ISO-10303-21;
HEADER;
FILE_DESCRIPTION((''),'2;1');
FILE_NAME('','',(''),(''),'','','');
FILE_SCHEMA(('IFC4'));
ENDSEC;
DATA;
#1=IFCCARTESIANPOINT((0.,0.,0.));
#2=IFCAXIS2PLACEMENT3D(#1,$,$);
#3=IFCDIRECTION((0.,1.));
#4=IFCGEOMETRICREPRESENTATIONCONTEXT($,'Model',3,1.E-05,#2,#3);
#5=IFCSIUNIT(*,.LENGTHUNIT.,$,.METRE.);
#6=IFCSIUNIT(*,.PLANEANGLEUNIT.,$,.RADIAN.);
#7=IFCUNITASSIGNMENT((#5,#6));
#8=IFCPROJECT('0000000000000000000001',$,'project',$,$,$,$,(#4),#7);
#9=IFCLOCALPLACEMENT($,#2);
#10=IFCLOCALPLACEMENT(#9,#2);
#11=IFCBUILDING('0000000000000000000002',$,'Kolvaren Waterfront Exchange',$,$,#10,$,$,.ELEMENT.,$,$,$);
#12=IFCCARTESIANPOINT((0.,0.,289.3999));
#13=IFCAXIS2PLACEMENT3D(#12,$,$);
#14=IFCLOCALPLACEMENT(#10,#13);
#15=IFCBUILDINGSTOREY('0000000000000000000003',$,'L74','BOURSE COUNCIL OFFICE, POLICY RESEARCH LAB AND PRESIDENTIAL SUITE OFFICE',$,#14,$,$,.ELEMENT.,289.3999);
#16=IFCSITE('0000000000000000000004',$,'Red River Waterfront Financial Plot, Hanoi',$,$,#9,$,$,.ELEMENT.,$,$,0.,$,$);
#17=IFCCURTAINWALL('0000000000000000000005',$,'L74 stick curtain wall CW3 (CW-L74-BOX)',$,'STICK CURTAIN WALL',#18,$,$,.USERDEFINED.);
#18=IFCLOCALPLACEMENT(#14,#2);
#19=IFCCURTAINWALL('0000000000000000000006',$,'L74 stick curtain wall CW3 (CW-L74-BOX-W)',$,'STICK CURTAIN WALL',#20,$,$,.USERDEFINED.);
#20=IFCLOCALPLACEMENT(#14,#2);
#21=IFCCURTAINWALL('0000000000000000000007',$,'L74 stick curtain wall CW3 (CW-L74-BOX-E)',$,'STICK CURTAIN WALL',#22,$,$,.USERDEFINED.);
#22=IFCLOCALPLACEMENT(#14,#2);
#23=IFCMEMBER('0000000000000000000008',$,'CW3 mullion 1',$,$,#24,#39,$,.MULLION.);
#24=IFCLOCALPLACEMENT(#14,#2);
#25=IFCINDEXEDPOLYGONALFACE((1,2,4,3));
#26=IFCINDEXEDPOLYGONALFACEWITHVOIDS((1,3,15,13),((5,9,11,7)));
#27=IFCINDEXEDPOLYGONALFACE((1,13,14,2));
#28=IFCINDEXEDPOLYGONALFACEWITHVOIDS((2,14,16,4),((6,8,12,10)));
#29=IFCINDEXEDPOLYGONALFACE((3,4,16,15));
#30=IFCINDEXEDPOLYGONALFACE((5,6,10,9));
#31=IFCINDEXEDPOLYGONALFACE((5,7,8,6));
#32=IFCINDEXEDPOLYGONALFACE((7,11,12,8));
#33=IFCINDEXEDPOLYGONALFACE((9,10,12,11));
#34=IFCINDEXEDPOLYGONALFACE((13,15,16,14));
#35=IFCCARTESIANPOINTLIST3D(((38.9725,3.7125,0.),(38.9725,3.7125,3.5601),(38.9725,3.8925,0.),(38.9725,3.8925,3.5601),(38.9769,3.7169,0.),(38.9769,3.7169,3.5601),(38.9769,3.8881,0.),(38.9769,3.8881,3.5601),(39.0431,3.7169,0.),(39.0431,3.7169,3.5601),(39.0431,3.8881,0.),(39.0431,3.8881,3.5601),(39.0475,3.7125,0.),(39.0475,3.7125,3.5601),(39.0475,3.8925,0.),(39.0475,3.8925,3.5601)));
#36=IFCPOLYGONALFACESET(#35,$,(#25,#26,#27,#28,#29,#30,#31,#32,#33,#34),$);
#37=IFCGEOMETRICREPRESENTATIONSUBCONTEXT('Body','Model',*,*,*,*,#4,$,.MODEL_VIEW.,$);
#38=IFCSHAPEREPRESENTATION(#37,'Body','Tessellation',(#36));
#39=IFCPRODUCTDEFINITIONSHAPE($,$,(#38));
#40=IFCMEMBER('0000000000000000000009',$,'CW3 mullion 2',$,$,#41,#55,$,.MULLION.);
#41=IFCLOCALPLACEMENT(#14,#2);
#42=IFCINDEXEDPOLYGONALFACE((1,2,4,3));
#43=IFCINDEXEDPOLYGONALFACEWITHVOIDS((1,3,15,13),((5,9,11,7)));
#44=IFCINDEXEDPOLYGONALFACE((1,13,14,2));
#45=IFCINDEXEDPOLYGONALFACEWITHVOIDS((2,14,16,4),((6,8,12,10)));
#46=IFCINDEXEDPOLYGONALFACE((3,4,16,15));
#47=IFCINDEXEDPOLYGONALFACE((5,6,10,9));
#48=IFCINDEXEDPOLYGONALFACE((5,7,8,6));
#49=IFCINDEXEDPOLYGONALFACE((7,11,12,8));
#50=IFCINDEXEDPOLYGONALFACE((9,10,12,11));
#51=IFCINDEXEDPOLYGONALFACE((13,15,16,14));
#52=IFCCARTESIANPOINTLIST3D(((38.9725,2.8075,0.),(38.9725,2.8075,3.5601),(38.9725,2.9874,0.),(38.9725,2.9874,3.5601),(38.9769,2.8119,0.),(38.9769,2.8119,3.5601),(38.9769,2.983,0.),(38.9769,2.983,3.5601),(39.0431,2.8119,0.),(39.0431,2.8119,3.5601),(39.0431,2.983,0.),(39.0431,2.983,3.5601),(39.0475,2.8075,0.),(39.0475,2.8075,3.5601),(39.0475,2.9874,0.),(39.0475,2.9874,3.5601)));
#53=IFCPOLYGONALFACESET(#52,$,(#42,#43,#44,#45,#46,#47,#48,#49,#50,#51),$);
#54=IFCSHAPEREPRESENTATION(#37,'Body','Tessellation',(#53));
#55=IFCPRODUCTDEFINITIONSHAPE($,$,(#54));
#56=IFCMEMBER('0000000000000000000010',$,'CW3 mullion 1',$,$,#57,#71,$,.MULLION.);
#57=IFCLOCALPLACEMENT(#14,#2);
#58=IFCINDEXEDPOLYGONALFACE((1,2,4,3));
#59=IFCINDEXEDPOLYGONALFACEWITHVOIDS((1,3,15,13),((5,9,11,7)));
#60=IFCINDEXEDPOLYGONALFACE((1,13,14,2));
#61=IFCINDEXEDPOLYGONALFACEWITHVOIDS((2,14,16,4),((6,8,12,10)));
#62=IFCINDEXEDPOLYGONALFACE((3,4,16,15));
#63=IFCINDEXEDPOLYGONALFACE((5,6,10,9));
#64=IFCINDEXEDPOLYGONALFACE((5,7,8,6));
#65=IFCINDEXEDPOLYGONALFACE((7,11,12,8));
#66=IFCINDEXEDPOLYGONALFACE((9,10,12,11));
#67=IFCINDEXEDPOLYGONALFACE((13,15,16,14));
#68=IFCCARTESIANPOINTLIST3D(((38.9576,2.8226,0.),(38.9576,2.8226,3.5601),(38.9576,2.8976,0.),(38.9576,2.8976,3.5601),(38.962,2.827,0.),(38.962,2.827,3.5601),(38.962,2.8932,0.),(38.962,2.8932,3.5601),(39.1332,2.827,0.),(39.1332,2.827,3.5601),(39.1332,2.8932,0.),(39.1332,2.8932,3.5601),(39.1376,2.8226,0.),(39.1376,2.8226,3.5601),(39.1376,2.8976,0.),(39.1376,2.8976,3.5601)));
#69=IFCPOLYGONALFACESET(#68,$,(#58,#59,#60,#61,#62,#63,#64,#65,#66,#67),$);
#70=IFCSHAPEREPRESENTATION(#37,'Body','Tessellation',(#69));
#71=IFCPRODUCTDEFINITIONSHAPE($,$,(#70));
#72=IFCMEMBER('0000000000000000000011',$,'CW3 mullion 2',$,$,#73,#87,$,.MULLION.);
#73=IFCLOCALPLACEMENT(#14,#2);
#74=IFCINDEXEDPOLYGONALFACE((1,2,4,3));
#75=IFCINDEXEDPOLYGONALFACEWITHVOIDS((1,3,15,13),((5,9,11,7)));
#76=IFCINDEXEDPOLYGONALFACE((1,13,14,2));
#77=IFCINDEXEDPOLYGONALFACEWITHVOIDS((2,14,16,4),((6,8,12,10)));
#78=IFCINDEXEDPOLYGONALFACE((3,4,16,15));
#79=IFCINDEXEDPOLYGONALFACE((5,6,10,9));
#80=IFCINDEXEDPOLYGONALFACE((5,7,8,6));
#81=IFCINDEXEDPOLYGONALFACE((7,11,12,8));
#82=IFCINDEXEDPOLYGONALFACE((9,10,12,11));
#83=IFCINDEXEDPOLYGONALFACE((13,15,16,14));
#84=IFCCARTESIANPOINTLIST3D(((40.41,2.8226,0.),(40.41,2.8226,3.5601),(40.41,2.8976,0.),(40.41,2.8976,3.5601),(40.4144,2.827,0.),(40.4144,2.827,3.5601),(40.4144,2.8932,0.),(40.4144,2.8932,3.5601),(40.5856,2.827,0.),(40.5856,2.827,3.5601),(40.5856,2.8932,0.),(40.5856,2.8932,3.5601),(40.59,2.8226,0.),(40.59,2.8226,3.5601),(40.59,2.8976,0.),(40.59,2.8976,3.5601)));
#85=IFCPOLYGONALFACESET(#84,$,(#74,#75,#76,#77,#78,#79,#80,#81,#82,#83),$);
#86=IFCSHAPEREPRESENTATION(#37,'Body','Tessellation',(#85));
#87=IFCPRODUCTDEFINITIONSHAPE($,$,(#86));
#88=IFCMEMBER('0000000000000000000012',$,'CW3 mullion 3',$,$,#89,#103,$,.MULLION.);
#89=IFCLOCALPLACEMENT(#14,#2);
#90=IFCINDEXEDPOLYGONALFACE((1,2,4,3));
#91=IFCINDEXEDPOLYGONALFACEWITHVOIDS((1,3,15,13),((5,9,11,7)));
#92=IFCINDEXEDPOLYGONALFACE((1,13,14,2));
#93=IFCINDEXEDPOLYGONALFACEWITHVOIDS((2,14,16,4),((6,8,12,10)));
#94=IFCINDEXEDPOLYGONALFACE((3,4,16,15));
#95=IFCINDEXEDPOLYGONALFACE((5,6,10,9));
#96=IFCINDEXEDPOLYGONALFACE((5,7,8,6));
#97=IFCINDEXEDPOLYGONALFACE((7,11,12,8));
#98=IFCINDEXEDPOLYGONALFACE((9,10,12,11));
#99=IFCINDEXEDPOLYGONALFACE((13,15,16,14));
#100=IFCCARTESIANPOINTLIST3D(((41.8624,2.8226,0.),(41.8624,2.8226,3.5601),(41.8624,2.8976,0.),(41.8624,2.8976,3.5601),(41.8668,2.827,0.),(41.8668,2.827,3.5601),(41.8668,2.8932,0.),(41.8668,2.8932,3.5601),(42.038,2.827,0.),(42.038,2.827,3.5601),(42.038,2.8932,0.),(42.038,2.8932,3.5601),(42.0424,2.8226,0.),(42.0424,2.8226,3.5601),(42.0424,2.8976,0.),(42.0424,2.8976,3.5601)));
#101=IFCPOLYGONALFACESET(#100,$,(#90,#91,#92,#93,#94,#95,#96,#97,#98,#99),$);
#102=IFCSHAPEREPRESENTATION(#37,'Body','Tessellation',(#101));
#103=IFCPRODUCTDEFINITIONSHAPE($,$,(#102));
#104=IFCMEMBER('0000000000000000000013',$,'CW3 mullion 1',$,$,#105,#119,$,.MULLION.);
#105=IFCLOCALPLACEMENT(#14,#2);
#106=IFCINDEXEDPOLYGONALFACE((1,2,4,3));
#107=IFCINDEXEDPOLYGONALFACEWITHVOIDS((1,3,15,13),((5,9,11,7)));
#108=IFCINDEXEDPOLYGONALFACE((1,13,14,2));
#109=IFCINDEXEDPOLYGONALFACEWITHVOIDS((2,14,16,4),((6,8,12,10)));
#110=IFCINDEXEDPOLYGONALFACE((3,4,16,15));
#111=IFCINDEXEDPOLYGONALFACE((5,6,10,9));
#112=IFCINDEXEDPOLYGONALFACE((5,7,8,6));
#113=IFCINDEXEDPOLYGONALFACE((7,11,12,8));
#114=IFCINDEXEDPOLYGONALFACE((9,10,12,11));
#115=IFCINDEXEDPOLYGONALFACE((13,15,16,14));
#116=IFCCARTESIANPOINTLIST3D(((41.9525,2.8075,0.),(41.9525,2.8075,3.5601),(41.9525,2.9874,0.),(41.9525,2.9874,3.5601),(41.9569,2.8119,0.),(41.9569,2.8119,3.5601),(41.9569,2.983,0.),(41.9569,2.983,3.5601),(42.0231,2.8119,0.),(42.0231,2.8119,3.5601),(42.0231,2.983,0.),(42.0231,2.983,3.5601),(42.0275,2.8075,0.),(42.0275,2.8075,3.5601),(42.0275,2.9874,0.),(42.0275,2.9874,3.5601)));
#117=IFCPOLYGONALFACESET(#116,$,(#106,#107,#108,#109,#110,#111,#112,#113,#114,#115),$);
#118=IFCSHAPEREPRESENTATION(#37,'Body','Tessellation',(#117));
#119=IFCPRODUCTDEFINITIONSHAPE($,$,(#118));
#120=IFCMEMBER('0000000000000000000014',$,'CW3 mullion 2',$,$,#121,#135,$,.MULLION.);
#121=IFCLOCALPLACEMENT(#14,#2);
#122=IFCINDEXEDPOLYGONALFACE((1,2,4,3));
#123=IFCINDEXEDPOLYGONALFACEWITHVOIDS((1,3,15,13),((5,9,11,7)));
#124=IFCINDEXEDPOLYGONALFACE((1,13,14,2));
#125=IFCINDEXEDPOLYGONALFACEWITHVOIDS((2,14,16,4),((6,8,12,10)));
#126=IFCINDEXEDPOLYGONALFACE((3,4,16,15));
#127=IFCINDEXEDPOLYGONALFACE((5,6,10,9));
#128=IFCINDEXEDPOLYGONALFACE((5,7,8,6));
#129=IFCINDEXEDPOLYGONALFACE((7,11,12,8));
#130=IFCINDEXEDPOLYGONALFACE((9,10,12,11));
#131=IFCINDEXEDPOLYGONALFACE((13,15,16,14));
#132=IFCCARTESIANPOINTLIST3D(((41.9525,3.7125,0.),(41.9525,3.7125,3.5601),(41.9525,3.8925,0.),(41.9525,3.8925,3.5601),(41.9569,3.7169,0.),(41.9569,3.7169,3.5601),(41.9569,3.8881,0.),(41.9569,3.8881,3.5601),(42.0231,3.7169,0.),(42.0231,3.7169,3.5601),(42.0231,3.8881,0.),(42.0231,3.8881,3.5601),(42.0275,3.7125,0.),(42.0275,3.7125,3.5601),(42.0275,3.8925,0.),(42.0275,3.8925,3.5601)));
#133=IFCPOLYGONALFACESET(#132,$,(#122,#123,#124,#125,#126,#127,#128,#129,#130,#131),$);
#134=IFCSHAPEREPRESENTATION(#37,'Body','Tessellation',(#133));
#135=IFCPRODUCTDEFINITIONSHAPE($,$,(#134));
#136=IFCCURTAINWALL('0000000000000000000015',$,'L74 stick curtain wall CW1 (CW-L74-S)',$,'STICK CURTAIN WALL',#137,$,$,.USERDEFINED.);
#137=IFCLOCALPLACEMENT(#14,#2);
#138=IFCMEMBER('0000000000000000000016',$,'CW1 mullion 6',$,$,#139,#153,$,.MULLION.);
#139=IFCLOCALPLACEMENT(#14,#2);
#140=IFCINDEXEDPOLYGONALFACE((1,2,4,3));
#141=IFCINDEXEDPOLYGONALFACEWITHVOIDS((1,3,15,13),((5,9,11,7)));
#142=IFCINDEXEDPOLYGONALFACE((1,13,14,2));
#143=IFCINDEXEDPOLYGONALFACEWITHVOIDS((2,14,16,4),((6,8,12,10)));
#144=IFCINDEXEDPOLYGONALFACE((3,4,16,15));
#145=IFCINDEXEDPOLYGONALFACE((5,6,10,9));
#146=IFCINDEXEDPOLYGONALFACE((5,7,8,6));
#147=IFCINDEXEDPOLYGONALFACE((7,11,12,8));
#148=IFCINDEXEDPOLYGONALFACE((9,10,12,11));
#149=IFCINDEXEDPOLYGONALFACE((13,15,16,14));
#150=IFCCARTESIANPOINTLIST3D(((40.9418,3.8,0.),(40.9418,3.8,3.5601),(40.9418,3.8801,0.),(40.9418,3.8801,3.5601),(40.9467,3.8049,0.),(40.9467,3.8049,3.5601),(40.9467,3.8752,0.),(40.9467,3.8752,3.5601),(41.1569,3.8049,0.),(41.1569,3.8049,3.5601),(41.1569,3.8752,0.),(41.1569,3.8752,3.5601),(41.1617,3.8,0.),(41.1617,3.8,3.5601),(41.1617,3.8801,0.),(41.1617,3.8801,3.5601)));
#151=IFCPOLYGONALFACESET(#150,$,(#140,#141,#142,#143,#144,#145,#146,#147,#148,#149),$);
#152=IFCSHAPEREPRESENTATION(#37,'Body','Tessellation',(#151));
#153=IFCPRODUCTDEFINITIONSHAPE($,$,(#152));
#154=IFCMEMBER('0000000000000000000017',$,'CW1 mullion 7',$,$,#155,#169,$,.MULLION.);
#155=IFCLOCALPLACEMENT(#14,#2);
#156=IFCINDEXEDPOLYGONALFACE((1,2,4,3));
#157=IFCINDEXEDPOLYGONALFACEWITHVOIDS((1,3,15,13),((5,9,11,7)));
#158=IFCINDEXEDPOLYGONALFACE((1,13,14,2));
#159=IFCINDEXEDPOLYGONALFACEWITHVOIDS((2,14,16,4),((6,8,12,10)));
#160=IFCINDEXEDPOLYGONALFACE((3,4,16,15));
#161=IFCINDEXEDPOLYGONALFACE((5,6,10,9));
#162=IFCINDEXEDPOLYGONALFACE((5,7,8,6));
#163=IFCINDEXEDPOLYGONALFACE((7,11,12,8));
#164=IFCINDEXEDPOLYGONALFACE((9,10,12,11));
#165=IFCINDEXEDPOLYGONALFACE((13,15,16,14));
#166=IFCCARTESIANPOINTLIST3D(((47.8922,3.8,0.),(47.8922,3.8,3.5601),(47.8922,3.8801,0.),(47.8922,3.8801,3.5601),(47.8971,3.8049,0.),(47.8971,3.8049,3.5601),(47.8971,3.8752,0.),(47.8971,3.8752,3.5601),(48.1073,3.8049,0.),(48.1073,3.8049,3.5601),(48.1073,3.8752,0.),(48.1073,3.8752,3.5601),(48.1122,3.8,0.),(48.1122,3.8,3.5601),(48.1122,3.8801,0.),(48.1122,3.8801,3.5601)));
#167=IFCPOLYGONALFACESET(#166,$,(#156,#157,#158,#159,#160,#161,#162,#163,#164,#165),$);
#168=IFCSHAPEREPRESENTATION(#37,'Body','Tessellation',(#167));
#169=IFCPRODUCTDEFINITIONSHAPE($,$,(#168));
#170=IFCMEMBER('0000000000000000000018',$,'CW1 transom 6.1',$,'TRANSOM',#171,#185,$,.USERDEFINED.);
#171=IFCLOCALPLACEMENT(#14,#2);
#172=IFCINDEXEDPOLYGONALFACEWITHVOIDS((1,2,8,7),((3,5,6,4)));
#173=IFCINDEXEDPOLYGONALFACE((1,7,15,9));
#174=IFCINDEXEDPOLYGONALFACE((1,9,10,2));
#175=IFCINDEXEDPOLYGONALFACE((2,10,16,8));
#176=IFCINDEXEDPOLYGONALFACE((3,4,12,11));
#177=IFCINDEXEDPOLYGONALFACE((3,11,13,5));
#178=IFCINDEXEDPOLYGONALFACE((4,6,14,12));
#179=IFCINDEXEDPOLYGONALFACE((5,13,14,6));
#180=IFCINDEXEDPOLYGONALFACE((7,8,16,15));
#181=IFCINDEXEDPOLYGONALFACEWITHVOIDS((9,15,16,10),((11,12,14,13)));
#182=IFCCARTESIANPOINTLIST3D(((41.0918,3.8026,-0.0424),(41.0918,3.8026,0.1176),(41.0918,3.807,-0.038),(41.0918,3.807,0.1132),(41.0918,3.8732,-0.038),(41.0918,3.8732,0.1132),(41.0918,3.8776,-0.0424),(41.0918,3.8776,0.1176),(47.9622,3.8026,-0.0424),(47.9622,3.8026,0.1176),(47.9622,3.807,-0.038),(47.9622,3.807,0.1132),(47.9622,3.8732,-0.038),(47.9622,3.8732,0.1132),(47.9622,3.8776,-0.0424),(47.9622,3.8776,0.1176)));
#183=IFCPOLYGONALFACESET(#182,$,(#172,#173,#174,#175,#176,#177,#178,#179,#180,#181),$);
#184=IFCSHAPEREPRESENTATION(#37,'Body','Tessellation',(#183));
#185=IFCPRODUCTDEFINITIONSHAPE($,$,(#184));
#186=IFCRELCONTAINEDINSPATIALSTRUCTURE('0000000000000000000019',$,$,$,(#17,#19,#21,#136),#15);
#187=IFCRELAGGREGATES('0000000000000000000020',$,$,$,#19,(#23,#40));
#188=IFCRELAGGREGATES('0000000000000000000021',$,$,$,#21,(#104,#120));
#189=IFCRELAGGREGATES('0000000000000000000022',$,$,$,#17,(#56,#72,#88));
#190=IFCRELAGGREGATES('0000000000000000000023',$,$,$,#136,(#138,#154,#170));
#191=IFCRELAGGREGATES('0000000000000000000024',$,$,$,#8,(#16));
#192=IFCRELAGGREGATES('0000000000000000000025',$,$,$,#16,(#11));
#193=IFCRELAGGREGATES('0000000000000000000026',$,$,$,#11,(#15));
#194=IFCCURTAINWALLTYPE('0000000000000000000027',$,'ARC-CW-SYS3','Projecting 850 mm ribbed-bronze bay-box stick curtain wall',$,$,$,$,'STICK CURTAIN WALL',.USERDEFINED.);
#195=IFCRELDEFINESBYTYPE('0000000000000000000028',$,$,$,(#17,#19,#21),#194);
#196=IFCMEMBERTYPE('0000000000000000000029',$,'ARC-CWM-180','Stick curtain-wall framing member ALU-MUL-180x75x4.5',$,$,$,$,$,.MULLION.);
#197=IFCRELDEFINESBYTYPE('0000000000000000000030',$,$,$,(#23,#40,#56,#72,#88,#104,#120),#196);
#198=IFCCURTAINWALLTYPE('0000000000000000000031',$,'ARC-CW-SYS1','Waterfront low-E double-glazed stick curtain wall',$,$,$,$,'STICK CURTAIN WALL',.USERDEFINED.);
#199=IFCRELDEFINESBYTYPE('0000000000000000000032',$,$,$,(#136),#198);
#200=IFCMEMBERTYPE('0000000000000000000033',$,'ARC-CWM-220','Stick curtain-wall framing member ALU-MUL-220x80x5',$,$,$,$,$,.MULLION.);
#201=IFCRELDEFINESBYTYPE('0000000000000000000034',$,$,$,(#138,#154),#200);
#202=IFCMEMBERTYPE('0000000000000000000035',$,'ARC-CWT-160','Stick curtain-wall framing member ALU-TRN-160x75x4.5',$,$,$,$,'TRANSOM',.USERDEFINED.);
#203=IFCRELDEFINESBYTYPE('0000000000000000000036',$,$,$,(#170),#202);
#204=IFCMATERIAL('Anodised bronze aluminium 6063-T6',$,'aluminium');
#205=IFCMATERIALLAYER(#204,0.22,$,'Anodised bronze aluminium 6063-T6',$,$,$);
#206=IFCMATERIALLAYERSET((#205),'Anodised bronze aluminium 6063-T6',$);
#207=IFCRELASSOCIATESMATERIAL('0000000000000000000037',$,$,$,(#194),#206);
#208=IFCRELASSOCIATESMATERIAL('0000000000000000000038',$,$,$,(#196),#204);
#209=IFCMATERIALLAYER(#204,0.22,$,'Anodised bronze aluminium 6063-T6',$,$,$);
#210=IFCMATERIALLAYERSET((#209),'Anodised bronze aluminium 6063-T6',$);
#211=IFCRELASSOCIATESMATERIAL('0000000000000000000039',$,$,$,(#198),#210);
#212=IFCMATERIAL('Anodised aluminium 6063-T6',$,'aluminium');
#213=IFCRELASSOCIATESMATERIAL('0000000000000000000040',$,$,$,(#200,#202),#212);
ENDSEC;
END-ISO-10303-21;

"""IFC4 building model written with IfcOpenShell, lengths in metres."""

from ifc_helpers import new_model, si_unit, direction, frame, origin, origin_with_axes, origin_2d, place, context, subcontext, project, spatial, hollow_rectangle, extrude, source, transform, mapped, material, layer, layer_set, material_profile, profile_set, type_object, element, aggregate, save


model = new_model("IFC4")

# Units and contexts
model_context = context("Model", 3, precision=1e-05, world=origin(), true_north=direction((0.0, 1.0)))
body_context = subcontext(model_context, "Body", "Model", "MODEL_VIEW")
ifc_project = project(units=[si_unit("LENGTHUNIT", "METRE"), si_unit("PLANEANGLEUNIT", "RADIAN")], contexts=[model_context])

# Site, building, storey
site_placement = place(None, origin())
site = spatial("IfcSite", under=ifc_project, at=site_placement, Name="Red River Waterfront Financial Plot, Hanoi", CompositionType="ELEMENT", RefElevation=0.0)
building_placement = place(site_placement, origin())
building = spatial("IfcBuilding", under=site, at=building_placement, Name="Kolvaren Waterfront Exchange", CompositionType="ELEMENT")
storey_placement = place(building_placement, frame((0.0, 0.0, 289.3999)))
storey = spatial("IfcBuildingStorey", under=building, at=storey_placement, Name="L74", Description="BOURSE COUNCIL OFFICE, POLICY RESEARCH LAB AND PRESIDENTIAL SUITE OFFICE", CompositionType="ELEMENT", Elevation=289.3999)

# Curtain walls
ifc_material_1 = material(Name="Anodised bronze aluminium 6063-T6", Category="aluminium")
ifc_layer_1 = layer(ifc_material_1, 0.22, Name="Anodised bronze aluminium 6063-T6")
ifc_layer_set_1 = layer_set([ifc_layer_1], Name="Anodised bronze aluminium 6063-T6")
curtain_wall_type_1 = type_object("IfcCurtainWallType", Name="ARC-CW-SYS3", Description="Projecting 850 mm ribbed-bronze bay-box stick curtain wall", ElementType="STICK CURTAIN WALL", PredefinedType="USERDEFINED", material=ifc_layer_set_1)
curtain_wall_1_placement = place(storey_placement, origin())
curtain_wall_1 = element("IfcCurtainWall", 1, at=curtain_wall_1_placement, inside=storey, type_object=curtain_wall_type_1, Name="L74 stick curtain wall CW3 (CW-L74-BOX)", ObjectType="STICK CURTAIN WALL", PredefinedType="USERDEFINED")
curtain_wall_2_placement = place(storey_placement, origin())
curtain_wall_2 = element("IfcCurtainWall", 2, at=curtain_wall_2_placement, inside=storey, type_object=curtain_wall_type_1, Name="L74 stick curtain wall CW3 (CW-L74-BOX-W)", ObjectType="STICK CURTAIN WALL", PredefinedType="USERDEFINED")
curtain_wall_3_placement = place(storey_placement, origin())
curtain_wall_3 = element("IfcCurtainWall", 3, at=curtain_wall_3_placement, inside=storey, type_object=curtain_wall_type_1, Name="L74 stick curtain wall CW3 (CW-L74-BOX-E)", ObjectType="STICK CURTAIN WALL", PredefinedType="USERDEFINED")

# Members
ifc_material_profile_1 = material_profile(ifc_material_1, hollow_rectangle(XDim=0.075, YDim=0.1799, WallThickness=0.0044, at=origin_2d()), Name="ALU-MUL-180x75x4.5")
ifc_profile_set_1 = profile_set([ifc_material_profile_1], Name="Anodised bronze aluminium 6063-T6")
member_type_1 = type_object("IfcMemberType", Name="ARC-CWM-180", Description="Stick curtain-wall framing member ALU-MUL-180x75x4.5", PredefinedType="MULLION", material=ifc_profile_set_1)
shared_shape_1 = source(origin_with_axes(), body_context, "Body", "SweptSolid", [
    extrude(hollow_rectangle(XDim=0.075, YDim=0.1799, WallThickness=0.0044, at=origin_2d()), origin(), (0.0, 0.0, 1.0), 3.5601),
])
member_1_placement = place(storey_placement, frame((39.01, 3.8025, 0.0), z_axis=(0.0, 0.0, 1.0), x_axis=(1.0, 0.0, 0.0)))
member_1 = element("IfcMember", 4, at=member_1_placement, type_object=member_type_1, Name="CW3 mullion 1", PredefinedType="MULLION", context=body_context, shape_type="MappedRepresentation", body=[
    mapped(shared_shape_1, transform((0.0, 0.0, 0.0), x_axis=(1.0, 0.0, 0.0), y_axis=(0.0, 1.0, 0.0), z_axis=(0.0, 0.0, 1.0), scale=1.0)),
])
member_2_placement = place(storey_placement, frame((39.01, 2.8975, 0.0), z_axis=(0.0, 0.0, 1.0), x_axis=(1.0, 0.0, 0.0)))
member_2 = element("IfcMember", 5, at=member_2_placement, type_object=member_type_1, Name="CW3 mullion 2", PredefinedType="MULLION", context=body_context, shape_type="MappedRepresentation", body=[
    mapped(shared_shape_1, transform((0.0, 0.0, 0.0), x_axis=(1.0, 0.0, 0.0), y_axis=(0.0, 1.0, 0.0), z_axis=(0.0, 0.0, 1.0), scale=1.0)),
])
member_3_placement = place(storey_placement, frame((39.0476, 2.8601, 0.0), z_axis=(0.0, 0.0, 1.0), x_axis=(0.0, 1.0, 0.0)))
member_3 = element("IfcMember", 6, at=member_3_placement, type_object=member_type_1, Name="CW3 mullion 1", PredefinedType="MULLION", context=body_context, shape_type="MappedRepresentation", body=[
    mapped(shared_shape_1, transform((0.0, 0.0, 0.0), x_axis=(1.0, 0.0, 0.0), y_axis=(0.0, 1.0, 0.0), z_axis=(0.0, 0.0, 1.0), scale=1.0)),
])
member_4_placement = place(storey_placement, frame((40.5, 2.8601, 0.0), z_axis=(0.0, 0.0, 1.0), x_axis=(0.0, 1.0, 0.0)))
member_4 = element("IfcMember", 7, at=member_4_placement, type_object=member_type_1, Name="CW3 mullion 2", PredefinedType="MULLION", context=body_context, shape_type="MappedRepresentation", body=[
    mapped(shared_shape_1, transform((0.0, 0.0, 0.0), x_axis=(1.0, 0.0, 0.0), y_axis=(0.0, 1.0, 0.0), z_axis=(0.0, 0.0, 1.0), scale=1.0)),
])
member_5_placement = place(storey_placement, frame((41.9524, 2.8601, 0.0), z_axis=(0.0, 0.0, 1.0), x_axis=(0.0, 1.0, 0.0)))
member_5 = element("IfcMember", 8, at=member_5_placement, type_object=member_type_1, Name="CW3 mullion 3", PredefinedType="MULLION", context=body_context, shape_type="MappedRepresentation", body=[
    mapped(shared_shape_1, transform((0.0, 0.0, 0.0), x_axis=(1.0, 0.0, 0.0), y_axis=(0.0, 1.0, 0.0), z_axis=(0.0, 0.0, 1.0), scale=1.0)),
])
member_6_placement = place(storey_placement, frame((41.99, 2.8975, 0.0), z_axis=(0.0, 0.0, 1.0), x_axis=(-1.0, 0.0, 0.0)))
member_6 = element("IfcMember", 9, at=member_6_placement, type_object=member_type_1, Name="CW3 mullion 1", PredefinedType="MULLION", context=body_context, shape_type="MappedRepresentation", body=[
    mapped(shared_shape_1, transform((0.0, 0.0, 0.0), x_axis=(1.0, 0.0, 0.0), y_axis=(0.0, 1.0, 0.0), z_axis=(0.0, 0.0, 1.0), scale=1.0)),
])
member_7_placement = place(storey_placement, frame((41.99, 3.8025, 0.0), z_axis=(0.0, 0.0, 1.0), x_axis=(-1.0, 0.0, 0.0)))
member_7 = element("IfcMember", 10, at=member_7_placement, type_object=member_type_1, Name="CW3 mullion 2", PredefinedType="MULLION", context=body_context, shape_type="MappedRepresentation", body=[
    mapped(shared_shape_1, transform((0.0, 0.0, 0.0), x_axis=(1.0, 0.0, 0.0), y_axis=(0.0, 1.0, 0.0), z_axis=(0.0, 0.0, 1.0), scale=1.0)),
])

# Curtain wall, members
ifc_layer_2 = layer(ifc_material_1, 0.22, Name="Anodised bronze aluminium 6063-T6")
ifc_layer_set_2 = layer_set([ifc_layer_2], Name="Anodised bronze aluminium 6063-T6")
curtain_wall_type_2 = type_object("IfcCurtainWallType", Name="ARC-CW-SYS1", Description="Waterfront low-E double-glazed stick curtain wall", ElementType="STICK CURTAIN WALL", PredefinedType="USERDEFINED", material=ifc_layer_set_2)
curtain_wall_4_placement = place(storey_placement, origin())
curtain_wall_4 = element("IfcCurtainWall", 11, at=curtain_wall_4_placement, inside=storey, type_object=curtain_wall_type_2, Name="L74 stick curtain wall CW1 (CW-L74-S)", ObjectType="STICK CURTAIN WALL", PredefinedType="USERDEFINED")
ifc_material_2 = material(Name="Anodised aluminium 6063-T6", Category="aluminium")
ifc_material_profile_2 = material_profile(ifc_material_2, hollow_rectangle(XDim=0.0801, YDim=0.22, WallThickness=0.0049, at=origin_2d()), Name="ALU-MUL-220x80x5")
ifc_profile_set_2 = profile_set([ifc_material_profile_2], Name="Anodised aluminium 6063-T6")
member_type_2 = type_object("IfcMemberType", Name="ARC-CWM-220", Description="Stick curtain-wall framing member ALU-MUL-220x80x5", PredefinedType="MULLION", material=ifc_profile_set_2)
shared_shape_2 = source(origin_with_axes(), body_context, "Body", "SweptSolid", [
    extrude(hollow_rectangle(XDim=0.0801, YDim=0.22, WallThickness=0.0049, at=origin_2d()), origin(), (0.0, 0.0, 1.0), 3.5601),
])
member_8_placement = place(storey_placement, frame((41.0518, 3.8401, 0.0), z_axis=(0.0, 0.0, 1.0), x_axis=(0.0, 1.0, 0.0)))
member_8 = element("IfcMember", 12, at=member_8_placement, type_object=member_type_2, Name="CW1 mullion 6", PredefinedType="MULLION", context=body_context, shape_type="MappedRepresentation", body=[
    mapped(shared_shape_2, transform((0.0, 0.0, 0.0), x_axis=(1.0, 0.0, 0.0), y_axis=(0.0, 1.0, 0.0), z_axis=(0.0, 0.0, 1.0), scale=1.0)),
])
member_9_placement = place(storey_placement, frame((48.0022, 3.8401, 0.0), z_axis=(0.0, 0.0, 1.0), x_axis=(0.0, 1.0, 0.0)))
member_9 = element("IfcMember", 13, at=member_9_placement, type_object=member_type_2, Name="CW1 mullion 7", PredefinedType="MULLION", context=body_context, shape_type="MappedRepresentation", body=[
    mapped(shared_shape_2, transform((0.0, 0.0, 0.0), x_axis=(1.0, 0.0, 0.0), y_axis=(0.0, 1.0, 0.0), z_axis=(0.0, 0.0, 1.0), scale=1.0)),
])
ifc_material_profile_3 = material_profile(ifc_material_2, hollow_rectangle(XDim=0.075, YDim=0.1599, WallThickness=0.0044, at=origin_2d()), Name="ALU-TRN-160x75x4.5")
ifc_profile_set_3 = profile_set([ifc_material_profile_3], Name="Anodised aluminium 6063-T6")
member_type_3 = type_object("IfcMemberType", Name="ARC-CWT-160", Description="Stick curtain-wall framing member ALU-TRN-160x75x4.5", ElementType="TRANSOM", PredefinedType="USERDEFINED", material=ifc_profile_set_3)
shared_shape_3 = source(origin_with_axes(), body_context, "Body", "SweptSolid", [
    extrude(hollow_rectangle(XDim=0.075, YDim=0.1599, WallThickness=0.0044, at=origin_2d()), origin(), (0.0, 0.0, 1.0), 6.8704),
])
member_10_placement = place(storey_placement, frame((41.0918, 3.8401, 0.0376), z_axis=(1.0, 0.0, 0.0), x_axis=(0.0, 1.0, 0.0)))
member_10 = element("IfcMember", 14, at=member_10_placement, type_object=member_type_3, Name="CW1 transom 6.1", ObjectType="TRANSOM", PredefinedType="USERDEFINED", context=body_context, shape_type="MappedRepresentation", body=[
    mapped(shared_shape_3, transform((0.0, 0.0, 0.0), x_axis=(1.0, 0.0, 0.0), y_axis=(0.0, 1.0, 0.0), z_axis=(0.0, 0.0, 1.0), scale=1.0)),
])

aggregate(curtain_wall_2, [member_1, member_2])
aggregate(curtain_wall_3, [member_6, member_7])
aggregate(curtain_wall_1, [member_3, member_4, member_5])
aggregate(curtain_wall_4, [member_8, member_9, member_10])

save(model, "model.ifc")
